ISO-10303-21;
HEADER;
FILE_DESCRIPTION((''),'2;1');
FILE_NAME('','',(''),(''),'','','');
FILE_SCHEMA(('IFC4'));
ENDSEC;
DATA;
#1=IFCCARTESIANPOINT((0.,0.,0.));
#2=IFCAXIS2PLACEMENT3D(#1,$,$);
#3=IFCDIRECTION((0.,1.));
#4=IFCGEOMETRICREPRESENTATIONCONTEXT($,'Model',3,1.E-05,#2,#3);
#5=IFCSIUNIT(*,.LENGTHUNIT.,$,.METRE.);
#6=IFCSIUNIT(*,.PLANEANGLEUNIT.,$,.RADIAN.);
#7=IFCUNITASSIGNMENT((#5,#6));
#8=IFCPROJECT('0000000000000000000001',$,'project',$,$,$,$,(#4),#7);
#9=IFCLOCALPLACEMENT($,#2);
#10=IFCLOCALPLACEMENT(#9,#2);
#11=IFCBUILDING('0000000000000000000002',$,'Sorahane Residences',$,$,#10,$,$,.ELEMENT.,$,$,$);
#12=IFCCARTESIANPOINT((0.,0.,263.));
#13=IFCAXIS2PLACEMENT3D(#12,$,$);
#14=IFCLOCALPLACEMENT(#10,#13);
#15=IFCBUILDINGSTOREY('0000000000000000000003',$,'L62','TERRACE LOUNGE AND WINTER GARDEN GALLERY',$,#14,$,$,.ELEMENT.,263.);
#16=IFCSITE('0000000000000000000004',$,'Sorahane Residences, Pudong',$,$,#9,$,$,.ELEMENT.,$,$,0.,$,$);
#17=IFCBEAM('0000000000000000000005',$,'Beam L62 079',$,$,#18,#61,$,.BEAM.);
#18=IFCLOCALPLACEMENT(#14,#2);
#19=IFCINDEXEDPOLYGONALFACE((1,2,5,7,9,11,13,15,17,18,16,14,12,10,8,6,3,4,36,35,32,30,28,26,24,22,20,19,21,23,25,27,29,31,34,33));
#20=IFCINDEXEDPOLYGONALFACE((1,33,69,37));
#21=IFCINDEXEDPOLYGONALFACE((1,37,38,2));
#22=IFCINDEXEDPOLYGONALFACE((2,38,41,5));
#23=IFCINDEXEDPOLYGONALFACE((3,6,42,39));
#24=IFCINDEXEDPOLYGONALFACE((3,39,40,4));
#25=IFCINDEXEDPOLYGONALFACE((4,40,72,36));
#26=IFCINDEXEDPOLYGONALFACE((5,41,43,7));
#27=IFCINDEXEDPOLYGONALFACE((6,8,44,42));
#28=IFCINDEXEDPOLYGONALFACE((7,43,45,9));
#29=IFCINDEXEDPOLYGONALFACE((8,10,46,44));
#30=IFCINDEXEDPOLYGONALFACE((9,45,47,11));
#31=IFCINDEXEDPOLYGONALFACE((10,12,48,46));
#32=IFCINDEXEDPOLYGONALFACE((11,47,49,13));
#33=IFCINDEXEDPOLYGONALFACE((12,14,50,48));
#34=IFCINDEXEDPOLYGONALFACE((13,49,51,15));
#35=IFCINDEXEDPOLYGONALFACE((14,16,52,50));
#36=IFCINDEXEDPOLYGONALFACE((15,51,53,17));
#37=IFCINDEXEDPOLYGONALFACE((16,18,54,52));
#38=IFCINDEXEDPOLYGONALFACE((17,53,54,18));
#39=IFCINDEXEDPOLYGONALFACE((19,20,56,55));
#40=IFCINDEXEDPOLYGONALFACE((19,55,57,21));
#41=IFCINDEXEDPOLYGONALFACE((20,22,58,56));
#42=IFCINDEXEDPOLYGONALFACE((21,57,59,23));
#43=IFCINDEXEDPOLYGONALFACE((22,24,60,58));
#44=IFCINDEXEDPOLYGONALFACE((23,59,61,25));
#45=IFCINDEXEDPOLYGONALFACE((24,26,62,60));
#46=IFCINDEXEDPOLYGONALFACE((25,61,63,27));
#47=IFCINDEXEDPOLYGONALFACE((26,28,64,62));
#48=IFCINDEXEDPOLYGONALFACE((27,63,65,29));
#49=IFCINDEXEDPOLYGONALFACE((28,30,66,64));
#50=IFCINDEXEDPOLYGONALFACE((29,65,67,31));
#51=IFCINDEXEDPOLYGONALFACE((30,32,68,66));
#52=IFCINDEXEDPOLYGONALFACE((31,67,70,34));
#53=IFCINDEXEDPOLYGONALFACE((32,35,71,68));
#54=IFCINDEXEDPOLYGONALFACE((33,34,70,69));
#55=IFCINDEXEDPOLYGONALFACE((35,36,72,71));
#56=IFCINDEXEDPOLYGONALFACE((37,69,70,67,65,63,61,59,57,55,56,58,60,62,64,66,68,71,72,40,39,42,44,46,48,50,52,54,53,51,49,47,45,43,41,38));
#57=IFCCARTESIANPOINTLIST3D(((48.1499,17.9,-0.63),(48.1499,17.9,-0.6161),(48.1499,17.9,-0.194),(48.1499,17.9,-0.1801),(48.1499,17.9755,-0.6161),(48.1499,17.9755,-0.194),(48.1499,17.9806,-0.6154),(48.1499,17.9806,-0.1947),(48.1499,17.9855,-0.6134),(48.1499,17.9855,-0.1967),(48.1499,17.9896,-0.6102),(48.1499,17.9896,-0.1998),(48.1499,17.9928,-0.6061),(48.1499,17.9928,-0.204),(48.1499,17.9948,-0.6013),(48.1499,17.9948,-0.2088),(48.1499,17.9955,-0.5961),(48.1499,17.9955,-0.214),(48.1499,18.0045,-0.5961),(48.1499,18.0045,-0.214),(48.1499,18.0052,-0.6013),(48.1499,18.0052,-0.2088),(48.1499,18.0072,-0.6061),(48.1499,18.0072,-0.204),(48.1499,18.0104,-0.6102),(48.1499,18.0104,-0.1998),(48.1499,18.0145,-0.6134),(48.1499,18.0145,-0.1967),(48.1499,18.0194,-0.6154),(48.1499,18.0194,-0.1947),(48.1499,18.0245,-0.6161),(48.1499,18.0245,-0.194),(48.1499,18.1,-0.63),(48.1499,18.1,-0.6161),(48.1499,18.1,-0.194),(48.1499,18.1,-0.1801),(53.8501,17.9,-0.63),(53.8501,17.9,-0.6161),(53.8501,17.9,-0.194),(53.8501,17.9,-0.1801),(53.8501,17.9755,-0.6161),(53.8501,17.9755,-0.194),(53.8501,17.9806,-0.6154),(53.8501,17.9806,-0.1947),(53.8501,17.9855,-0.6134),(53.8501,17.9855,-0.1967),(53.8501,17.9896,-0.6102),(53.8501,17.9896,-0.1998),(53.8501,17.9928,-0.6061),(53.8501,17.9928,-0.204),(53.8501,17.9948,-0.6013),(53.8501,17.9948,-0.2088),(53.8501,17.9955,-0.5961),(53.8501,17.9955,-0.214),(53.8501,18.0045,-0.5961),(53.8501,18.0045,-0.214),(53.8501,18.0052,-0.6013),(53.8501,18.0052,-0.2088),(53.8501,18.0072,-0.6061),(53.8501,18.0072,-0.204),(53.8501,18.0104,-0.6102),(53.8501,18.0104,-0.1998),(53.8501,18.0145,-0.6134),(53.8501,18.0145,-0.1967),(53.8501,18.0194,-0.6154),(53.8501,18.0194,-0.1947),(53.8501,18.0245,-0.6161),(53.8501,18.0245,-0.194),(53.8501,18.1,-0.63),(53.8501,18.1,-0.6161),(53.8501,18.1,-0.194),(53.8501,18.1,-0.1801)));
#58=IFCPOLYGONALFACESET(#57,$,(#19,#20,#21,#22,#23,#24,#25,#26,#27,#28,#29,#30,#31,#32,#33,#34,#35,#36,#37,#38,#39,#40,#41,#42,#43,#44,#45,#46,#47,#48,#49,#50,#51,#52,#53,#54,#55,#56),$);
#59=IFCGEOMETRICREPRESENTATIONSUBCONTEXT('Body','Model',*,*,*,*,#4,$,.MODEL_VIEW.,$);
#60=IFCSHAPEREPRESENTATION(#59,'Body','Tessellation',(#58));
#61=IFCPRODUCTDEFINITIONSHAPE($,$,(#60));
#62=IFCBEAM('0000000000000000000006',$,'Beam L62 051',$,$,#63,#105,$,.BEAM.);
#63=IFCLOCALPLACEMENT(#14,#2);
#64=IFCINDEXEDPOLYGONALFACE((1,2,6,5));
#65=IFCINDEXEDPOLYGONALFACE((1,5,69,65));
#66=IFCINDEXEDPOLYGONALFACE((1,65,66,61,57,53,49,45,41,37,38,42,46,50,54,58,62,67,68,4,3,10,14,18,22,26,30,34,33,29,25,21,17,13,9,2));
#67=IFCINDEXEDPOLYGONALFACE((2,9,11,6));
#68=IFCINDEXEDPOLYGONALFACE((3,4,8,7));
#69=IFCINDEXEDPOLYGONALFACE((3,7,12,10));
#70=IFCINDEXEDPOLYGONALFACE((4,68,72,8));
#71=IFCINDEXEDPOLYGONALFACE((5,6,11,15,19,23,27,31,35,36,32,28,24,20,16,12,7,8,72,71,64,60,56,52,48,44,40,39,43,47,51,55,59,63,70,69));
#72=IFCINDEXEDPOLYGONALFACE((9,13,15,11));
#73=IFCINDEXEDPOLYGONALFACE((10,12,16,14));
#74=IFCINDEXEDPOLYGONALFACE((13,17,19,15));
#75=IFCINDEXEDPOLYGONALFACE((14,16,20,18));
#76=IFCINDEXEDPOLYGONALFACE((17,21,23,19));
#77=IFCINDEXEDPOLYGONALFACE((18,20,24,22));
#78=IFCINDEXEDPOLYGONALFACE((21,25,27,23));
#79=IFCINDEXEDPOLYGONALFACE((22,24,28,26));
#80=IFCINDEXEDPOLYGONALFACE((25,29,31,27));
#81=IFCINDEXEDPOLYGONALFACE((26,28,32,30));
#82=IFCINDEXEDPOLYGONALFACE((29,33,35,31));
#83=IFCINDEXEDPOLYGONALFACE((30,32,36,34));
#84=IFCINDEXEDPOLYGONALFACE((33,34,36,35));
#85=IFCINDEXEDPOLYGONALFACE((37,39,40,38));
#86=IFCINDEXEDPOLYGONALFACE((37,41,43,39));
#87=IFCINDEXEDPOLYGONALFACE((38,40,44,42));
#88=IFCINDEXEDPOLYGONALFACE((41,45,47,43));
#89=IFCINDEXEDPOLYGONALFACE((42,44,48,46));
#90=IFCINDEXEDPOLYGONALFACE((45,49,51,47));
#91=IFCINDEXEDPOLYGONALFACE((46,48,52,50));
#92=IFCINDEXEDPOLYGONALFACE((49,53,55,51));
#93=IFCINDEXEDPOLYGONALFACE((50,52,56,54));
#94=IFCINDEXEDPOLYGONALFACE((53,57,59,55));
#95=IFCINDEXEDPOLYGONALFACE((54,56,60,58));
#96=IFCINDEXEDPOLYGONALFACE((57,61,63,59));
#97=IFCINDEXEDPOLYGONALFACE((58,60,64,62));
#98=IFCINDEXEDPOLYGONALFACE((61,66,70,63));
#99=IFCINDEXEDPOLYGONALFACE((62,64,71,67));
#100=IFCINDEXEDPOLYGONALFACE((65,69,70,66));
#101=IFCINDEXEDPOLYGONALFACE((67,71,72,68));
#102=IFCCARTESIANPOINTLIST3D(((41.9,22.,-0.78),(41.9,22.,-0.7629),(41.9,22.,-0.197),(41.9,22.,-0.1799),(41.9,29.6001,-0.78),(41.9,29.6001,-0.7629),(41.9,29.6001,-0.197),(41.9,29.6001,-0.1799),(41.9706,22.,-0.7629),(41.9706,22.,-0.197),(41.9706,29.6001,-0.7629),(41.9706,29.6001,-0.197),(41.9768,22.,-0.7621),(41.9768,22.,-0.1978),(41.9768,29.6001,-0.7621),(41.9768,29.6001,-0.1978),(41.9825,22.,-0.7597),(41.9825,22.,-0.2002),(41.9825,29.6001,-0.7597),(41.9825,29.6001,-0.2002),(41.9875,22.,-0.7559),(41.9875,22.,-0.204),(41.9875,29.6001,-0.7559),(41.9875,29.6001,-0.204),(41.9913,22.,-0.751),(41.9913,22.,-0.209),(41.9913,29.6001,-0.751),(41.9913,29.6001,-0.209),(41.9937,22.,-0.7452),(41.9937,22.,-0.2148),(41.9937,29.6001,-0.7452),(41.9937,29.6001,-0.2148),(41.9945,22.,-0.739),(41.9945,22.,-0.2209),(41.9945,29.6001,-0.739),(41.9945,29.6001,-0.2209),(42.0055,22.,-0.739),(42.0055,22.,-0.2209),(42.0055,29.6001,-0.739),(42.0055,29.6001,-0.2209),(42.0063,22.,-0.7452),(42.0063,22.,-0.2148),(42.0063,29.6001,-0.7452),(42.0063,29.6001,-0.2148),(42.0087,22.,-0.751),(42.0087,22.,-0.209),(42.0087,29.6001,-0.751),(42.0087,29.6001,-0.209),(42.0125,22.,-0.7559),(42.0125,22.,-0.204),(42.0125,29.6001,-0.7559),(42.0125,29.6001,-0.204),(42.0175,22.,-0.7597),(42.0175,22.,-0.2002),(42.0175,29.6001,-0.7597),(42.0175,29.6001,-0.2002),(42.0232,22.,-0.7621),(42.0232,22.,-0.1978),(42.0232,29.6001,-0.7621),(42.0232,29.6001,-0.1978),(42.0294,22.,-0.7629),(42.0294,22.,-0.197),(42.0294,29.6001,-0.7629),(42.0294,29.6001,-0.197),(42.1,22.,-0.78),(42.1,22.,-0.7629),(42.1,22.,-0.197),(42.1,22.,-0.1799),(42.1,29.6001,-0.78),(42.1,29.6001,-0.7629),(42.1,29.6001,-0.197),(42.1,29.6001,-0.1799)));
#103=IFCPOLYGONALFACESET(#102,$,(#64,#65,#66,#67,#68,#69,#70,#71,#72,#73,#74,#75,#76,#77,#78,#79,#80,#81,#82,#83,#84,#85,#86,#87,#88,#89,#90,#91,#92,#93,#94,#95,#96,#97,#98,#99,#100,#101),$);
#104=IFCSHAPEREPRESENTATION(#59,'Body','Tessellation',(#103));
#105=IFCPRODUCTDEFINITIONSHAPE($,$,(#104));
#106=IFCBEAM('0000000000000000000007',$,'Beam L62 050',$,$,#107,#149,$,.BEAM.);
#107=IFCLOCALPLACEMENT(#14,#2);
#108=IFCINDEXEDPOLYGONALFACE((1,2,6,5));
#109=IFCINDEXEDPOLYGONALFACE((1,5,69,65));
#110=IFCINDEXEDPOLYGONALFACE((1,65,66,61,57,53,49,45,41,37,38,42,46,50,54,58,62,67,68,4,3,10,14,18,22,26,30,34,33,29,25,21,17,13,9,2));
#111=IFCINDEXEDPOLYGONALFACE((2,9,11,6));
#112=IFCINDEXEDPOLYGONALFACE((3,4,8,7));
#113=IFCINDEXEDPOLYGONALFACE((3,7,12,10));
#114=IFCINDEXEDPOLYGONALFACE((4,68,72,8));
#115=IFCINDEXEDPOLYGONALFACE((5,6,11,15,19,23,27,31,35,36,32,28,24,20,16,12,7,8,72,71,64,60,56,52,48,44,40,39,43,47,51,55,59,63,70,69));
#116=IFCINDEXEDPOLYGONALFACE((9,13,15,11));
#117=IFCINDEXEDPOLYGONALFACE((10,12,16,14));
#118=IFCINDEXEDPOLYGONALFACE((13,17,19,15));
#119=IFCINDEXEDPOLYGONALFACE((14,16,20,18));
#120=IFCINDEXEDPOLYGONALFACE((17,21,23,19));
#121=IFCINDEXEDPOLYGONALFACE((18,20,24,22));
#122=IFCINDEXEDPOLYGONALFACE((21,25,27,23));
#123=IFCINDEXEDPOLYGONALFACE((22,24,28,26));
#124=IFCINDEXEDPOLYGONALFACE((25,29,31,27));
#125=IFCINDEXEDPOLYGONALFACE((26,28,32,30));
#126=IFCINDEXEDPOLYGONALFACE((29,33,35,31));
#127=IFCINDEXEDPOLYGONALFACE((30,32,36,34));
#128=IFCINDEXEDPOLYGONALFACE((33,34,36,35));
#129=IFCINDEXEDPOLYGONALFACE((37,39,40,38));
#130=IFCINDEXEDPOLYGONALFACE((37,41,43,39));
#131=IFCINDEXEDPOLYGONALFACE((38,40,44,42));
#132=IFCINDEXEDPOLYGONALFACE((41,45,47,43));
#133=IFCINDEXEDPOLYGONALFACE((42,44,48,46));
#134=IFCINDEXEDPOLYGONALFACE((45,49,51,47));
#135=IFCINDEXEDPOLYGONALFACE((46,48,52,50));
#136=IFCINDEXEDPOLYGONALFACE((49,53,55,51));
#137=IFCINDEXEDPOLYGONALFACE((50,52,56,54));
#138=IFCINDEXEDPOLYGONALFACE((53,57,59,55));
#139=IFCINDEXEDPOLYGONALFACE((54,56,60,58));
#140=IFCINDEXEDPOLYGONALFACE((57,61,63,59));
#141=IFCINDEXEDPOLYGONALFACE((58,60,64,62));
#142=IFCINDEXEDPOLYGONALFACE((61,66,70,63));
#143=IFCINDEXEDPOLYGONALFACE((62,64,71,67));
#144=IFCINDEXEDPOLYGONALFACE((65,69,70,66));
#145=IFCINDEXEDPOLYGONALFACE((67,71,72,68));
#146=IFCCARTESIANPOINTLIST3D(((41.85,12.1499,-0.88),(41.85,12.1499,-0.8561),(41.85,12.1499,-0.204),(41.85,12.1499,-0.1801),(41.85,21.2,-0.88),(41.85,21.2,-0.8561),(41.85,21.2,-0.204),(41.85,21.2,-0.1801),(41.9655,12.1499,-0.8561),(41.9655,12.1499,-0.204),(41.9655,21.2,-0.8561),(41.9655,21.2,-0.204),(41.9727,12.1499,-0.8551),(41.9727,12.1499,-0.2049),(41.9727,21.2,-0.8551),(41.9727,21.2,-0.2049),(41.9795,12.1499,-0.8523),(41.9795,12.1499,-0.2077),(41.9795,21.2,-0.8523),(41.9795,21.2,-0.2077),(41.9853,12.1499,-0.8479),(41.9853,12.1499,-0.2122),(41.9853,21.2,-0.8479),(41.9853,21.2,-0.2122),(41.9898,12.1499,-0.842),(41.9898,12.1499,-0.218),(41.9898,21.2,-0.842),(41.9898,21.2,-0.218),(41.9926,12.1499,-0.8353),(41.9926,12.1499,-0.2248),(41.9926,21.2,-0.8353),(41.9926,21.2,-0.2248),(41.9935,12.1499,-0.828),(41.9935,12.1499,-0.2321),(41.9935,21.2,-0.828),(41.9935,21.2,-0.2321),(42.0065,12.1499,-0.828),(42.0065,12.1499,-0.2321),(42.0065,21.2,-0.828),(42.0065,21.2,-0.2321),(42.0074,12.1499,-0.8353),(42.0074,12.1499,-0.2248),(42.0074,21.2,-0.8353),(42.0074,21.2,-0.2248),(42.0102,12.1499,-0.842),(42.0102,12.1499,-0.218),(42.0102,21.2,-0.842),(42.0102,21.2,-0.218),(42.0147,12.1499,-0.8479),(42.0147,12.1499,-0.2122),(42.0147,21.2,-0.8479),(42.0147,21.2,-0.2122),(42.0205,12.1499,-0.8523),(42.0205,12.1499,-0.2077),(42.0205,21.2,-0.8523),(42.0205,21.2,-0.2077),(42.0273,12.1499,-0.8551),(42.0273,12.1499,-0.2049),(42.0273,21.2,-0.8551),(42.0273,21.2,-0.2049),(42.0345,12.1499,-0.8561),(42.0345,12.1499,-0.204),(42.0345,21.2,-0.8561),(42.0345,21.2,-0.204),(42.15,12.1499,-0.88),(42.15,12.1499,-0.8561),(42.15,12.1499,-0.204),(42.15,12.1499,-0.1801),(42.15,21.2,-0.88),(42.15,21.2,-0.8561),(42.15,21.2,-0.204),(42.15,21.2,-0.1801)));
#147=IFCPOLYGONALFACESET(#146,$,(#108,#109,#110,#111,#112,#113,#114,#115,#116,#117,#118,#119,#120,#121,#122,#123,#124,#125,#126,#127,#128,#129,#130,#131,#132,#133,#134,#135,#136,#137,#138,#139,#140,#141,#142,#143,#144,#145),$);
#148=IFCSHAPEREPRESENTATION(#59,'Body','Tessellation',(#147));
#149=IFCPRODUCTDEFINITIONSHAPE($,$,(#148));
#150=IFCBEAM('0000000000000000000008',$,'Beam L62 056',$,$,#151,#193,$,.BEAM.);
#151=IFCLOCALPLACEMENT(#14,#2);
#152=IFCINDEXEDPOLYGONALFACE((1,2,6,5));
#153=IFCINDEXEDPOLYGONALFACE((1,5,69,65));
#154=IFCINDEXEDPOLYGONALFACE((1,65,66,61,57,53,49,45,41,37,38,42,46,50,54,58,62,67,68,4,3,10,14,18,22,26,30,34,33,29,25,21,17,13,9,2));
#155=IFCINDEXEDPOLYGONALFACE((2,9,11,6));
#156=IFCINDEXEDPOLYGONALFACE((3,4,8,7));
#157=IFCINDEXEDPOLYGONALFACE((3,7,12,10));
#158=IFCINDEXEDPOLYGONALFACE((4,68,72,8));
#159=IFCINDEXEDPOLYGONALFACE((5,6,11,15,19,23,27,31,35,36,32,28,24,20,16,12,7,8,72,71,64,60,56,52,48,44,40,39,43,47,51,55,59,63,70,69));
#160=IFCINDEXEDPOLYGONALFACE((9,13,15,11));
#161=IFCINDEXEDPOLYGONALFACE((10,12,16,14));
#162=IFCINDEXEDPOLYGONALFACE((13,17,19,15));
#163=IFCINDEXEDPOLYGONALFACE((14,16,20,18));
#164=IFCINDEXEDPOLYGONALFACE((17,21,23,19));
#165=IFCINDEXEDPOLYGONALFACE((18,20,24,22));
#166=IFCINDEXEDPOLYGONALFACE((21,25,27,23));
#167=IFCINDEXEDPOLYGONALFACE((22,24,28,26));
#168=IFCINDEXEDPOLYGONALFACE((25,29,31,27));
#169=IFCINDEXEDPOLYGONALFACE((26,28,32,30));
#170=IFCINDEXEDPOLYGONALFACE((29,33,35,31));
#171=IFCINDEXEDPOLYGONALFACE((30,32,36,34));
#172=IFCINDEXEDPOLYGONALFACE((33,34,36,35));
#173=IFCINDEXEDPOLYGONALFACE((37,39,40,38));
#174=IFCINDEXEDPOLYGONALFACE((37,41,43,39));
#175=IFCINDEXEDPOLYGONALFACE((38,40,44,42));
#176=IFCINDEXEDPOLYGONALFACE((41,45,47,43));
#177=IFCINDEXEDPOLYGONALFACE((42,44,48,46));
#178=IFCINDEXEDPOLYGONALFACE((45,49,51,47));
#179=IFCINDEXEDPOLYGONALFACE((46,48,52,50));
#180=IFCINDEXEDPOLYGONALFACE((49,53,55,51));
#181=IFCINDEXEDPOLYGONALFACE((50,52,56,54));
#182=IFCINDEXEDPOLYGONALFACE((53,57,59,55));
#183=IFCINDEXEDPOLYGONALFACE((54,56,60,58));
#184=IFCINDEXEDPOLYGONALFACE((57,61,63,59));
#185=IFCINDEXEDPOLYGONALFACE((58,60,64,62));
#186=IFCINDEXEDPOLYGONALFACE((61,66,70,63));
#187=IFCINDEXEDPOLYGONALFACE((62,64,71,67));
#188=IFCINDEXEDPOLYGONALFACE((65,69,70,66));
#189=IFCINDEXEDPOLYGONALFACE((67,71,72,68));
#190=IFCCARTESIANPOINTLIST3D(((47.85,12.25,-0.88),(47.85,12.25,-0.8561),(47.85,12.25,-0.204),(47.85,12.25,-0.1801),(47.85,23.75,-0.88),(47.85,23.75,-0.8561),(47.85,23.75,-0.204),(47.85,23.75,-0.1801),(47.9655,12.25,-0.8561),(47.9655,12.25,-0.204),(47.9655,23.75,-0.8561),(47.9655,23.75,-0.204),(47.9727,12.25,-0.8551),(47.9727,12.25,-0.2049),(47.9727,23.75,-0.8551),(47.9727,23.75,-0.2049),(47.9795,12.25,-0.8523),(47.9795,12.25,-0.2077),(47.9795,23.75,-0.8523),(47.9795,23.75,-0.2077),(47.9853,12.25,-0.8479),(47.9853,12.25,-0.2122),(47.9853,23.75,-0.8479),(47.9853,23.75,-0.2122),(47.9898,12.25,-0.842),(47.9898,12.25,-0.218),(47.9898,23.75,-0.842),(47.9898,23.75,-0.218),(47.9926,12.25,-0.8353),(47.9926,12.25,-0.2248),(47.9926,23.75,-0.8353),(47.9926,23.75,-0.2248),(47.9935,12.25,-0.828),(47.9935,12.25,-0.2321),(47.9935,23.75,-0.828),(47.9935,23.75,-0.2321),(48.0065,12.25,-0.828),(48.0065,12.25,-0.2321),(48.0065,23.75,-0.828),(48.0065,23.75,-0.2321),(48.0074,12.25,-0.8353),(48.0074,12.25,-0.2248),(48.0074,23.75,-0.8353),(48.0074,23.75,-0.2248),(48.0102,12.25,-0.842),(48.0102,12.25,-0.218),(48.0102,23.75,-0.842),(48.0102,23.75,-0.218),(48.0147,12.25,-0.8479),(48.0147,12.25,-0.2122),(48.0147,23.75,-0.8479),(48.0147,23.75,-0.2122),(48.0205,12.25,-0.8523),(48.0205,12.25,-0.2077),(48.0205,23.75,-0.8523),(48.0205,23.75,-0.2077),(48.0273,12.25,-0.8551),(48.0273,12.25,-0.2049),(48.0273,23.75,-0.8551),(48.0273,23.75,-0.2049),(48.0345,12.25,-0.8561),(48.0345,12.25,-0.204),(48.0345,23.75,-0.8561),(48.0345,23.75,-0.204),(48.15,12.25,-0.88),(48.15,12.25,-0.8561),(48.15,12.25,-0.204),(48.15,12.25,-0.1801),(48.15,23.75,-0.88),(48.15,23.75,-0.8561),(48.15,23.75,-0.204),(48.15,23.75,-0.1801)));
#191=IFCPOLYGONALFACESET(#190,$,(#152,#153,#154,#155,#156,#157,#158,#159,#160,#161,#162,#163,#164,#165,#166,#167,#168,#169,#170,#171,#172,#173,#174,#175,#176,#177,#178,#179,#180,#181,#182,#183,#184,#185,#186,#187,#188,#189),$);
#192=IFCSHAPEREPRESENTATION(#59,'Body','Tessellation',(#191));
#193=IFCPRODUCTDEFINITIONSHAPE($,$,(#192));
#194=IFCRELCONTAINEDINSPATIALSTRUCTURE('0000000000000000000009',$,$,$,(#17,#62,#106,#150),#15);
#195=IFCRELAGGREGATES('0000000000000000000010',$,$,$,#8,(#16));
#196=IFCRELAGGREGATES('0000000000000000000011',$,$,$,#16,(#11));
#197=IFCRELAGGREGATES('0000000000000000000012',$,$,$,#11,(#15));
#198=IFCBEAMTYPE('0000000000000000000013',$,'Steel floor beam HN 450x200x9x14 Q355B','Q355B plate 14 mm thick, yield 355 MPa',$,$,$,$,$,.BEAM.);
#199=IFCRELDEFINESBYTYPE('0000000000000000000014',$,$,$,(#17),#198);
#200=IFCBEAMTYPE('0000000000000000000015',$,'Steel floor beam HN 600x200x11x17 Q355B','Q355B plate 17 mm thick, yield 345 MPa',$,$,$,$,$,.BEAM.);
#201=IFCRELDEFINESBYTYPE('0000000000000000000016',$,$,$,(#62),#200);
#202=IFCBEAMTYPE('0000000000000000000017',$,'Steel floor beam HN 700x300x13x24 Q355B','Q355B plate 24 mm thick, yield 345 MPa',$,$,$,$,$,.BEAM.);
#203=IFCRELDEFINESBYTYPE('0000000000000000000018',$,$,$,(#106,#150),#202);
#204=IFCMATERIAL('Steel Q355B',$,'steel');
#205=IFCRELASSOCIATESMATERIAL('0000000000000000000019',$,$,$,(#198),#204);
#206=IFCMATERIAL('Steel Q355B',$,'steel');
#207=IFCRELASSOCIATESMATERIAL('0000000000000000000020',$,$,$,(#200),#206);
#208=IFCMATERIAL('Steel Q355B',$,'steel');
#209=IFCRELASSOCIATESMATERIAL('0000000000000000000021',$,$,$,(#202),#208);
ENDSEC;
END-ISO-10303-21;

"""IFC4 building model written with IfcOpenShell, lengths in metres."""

from ifc_helpers import new_model, si_unit, direction, frame, origin, origin_2d, place, context, subcontext, project, spatial, i_section, extrude, material, material_profile, profile_set, type_object, element, save


model = new_model("IFC4")

# Units and contexts
model_context = context("Model", 3, precision=1e-05, world=origin(), true_north=direction((0.0, 1.0)))
body_context = subcontext(model_context, "Body", "Model", "MODEL_VIEW")
ifc_project = project(units=[si_unit("LENGTHUNIT", "METRE"), si_unit("PLANEANGLEUNIT", "RADIAN")], contexts=[model_context])

# Site, building, storey
site_placement = place(None, origin())
site = spatial("IfcSite", under=ifc_project, at=site_placement, Name="Sorahane Residences, Pudong", CompositionType="ELEMENT", RefElevation=0.0)
building_placement = place(site_placement, origin())
building = spatial("IfcBuilding", under=site, at=building_placement, Name="Sorahane Residences", CompositionType="ELEMENT")
storey_placement = place(building_placement, frame((0.0, 0.0, 263.0)))
storey = spatial("IfcBuildingStorey", under=building, at=storey_placement, Name="L62", Description="TERRACE LOUNGE AND WINTER GARDEN GALLERY", CompositionType="ELEMENT", Elevation=263.0)

# Beams
ifc_material_1 = material(Name="Steel Q355B", Category="steel")
ifc_material_profile_1 = material_profile(ifc_material_1, i_section(OverallWidth=0.2, OverallDepth=0.45, WebThickness=0.009, FlangeThickness=0.0139, FilletRadius=0.02, at=origin_2d()), Name="HN 450x200x9x14")
ifc_profile_set_1 = profile_set([ifc_material_profile_1], Name="Steel Q355B")
beam_type_1 = type_object("IfcBeamType", Name="Steel floor beam HN 450x200x9x14 Q355B", Description="Q355B plate 14 mm thick, yield 355 MPa", PredefinedType="BEAM", material=ifc_profile_set_1)
for number, where, z_axis, x_axis, name in (
    (1, (48.1499, 18.0, -0.405), (1.0, 0.0, 0.0), (0.0, 1.0, 0.0), "Beam L62 079"),
):
    element("IfcBeam", number, at=place(storey_placement, frame(where, z_axis=z_axis, x_axis=x_axis)), inside=storey, type_object=beam_type_1, Name=name, PredefinedType="BEAM", context=body_context, shape_type="SweptSolid", body=[
        extrude(i_section(OverallWidth=0.2, OverallDepth=0.45, WebThickness=0.009, FlangeThickness=0.0139, FilletRadius=0.02, at=origin_2d()), origin(), (0.0, 0.0, 1.0), 5.7002),
    ])
ifc_material_2 = material(Name="Steel Q355B", Category="steel")
ifc_material_profile_2 = material_profile(ifc_material_2, i_section(OverallWidth=0.2, OverallDepth=0.6001, WebThickness=0.011, FlangeThickness=0.0171, FilletRadius=0.0239, at=origin_2d()), Name="HN 600x200x11x17")
ifc_profile_set_2 = profile_set([ifc_material_profile_2], Name="Steel Q355B")
beam_type_2 = type_object("IfcBeamType", Name="Steel floor beam HN 600x200x11x17 Q355B", Description="Q355B plate 17 mm thick, yield 345 MPa", PredefinedType="BEAM", material=ifc_profile_set_2)
beam_1_placement = place(storey_placement, frame((42.0, 22.0, -0.48), z_axis=(0.0, 1.0, 0.0), x_axis=(-1.0, 0.0, 0.0)))
element("IfcBeam", 2, at=beam_1_placement, inside=storey, type_object=beam_type_2, Name="Beam L62 051", PredefinedType="BEAM", context=body_context, shape_type="SweptSolid", body=[
    extrude(i_section(OverallWidth=0.2, OverallDepth=0.6001, WebThickness=0.011, FlangeThickness=0.0171, FilletRadius=0.0239, at=origin_2d()), origin(), (0.0, 0.0, 1.0), 7.6001),
])
ifc_material_3 = material(Name="Steel Q355B", Category="steel")
ifc_material_profile_3 = material_profile(ifc_material_3, i_section(OverallWidth=0.3, OverallDepth=0.7, WebThickness=0.0129, FlangeThickness=0.0239, FilletRadius=0.0281, at=origin_2d()), Name="HN 700x300x13x24")
ifc_profile_set_3 = profile_set([ifc_material_profile_3], Name="Steel Q355B")
beam_type_3 = type_object("IfcBeamType", Name="Steel floor beam HN 700x300x13x24 Q355B", Description="Q355B plate 24 mm thick, yield 345 MPa", PredefinedType="BEAM", material=ifc_profile_set_3)
beam_2_placement = place(storey_placement, frame((42.0, 12.1499, -0.53), z_axis=(0.0, 1.0, 0.0), x_axis=(-1.0, 0.0, 0.0)))
element("IfcBeam", 3, at=beam_2_placement, inside=storey, type_object=beam_type_3, Name="Beam L62 050", PredefinedType="BEAM", context=body_context, shape_type="SweptSolid", body=[
    extrude(i_section(OverallWidth=0.3, OverallDepth=0.7, WebThickness=0.0129, FlangeThickness=0.0239, FilletRadius=0.0281, at=origin_2d()), origin(), (0.0, 0.0, 1.0), 9.05),
])
beam_3_placement = place(storey_placement, frame((48.0, 12.25, -0.53), z_axis=(0.0, 1.0, 0.0), x_axis=(-1.0, 0.0, 0.0)))
element("IfcBeam", 4, at=beam_3_placement, inside=storey, type_object=beam_type_3, Name="Beam L62 056", PredefinedType="BEAM", context=body_context, shape_type="SweptSolid", body=[
    extrude(i_section(OverallWidth=0.3, OverallDepth=0.7, WebThickness=0.0129, FlangeThickness=0.0239, FilletRadius=0.0281, at=origin_2d()), origin(), (0.0, 0.0, 1.0), 11.5),
])

save(model, "model.ifc")
